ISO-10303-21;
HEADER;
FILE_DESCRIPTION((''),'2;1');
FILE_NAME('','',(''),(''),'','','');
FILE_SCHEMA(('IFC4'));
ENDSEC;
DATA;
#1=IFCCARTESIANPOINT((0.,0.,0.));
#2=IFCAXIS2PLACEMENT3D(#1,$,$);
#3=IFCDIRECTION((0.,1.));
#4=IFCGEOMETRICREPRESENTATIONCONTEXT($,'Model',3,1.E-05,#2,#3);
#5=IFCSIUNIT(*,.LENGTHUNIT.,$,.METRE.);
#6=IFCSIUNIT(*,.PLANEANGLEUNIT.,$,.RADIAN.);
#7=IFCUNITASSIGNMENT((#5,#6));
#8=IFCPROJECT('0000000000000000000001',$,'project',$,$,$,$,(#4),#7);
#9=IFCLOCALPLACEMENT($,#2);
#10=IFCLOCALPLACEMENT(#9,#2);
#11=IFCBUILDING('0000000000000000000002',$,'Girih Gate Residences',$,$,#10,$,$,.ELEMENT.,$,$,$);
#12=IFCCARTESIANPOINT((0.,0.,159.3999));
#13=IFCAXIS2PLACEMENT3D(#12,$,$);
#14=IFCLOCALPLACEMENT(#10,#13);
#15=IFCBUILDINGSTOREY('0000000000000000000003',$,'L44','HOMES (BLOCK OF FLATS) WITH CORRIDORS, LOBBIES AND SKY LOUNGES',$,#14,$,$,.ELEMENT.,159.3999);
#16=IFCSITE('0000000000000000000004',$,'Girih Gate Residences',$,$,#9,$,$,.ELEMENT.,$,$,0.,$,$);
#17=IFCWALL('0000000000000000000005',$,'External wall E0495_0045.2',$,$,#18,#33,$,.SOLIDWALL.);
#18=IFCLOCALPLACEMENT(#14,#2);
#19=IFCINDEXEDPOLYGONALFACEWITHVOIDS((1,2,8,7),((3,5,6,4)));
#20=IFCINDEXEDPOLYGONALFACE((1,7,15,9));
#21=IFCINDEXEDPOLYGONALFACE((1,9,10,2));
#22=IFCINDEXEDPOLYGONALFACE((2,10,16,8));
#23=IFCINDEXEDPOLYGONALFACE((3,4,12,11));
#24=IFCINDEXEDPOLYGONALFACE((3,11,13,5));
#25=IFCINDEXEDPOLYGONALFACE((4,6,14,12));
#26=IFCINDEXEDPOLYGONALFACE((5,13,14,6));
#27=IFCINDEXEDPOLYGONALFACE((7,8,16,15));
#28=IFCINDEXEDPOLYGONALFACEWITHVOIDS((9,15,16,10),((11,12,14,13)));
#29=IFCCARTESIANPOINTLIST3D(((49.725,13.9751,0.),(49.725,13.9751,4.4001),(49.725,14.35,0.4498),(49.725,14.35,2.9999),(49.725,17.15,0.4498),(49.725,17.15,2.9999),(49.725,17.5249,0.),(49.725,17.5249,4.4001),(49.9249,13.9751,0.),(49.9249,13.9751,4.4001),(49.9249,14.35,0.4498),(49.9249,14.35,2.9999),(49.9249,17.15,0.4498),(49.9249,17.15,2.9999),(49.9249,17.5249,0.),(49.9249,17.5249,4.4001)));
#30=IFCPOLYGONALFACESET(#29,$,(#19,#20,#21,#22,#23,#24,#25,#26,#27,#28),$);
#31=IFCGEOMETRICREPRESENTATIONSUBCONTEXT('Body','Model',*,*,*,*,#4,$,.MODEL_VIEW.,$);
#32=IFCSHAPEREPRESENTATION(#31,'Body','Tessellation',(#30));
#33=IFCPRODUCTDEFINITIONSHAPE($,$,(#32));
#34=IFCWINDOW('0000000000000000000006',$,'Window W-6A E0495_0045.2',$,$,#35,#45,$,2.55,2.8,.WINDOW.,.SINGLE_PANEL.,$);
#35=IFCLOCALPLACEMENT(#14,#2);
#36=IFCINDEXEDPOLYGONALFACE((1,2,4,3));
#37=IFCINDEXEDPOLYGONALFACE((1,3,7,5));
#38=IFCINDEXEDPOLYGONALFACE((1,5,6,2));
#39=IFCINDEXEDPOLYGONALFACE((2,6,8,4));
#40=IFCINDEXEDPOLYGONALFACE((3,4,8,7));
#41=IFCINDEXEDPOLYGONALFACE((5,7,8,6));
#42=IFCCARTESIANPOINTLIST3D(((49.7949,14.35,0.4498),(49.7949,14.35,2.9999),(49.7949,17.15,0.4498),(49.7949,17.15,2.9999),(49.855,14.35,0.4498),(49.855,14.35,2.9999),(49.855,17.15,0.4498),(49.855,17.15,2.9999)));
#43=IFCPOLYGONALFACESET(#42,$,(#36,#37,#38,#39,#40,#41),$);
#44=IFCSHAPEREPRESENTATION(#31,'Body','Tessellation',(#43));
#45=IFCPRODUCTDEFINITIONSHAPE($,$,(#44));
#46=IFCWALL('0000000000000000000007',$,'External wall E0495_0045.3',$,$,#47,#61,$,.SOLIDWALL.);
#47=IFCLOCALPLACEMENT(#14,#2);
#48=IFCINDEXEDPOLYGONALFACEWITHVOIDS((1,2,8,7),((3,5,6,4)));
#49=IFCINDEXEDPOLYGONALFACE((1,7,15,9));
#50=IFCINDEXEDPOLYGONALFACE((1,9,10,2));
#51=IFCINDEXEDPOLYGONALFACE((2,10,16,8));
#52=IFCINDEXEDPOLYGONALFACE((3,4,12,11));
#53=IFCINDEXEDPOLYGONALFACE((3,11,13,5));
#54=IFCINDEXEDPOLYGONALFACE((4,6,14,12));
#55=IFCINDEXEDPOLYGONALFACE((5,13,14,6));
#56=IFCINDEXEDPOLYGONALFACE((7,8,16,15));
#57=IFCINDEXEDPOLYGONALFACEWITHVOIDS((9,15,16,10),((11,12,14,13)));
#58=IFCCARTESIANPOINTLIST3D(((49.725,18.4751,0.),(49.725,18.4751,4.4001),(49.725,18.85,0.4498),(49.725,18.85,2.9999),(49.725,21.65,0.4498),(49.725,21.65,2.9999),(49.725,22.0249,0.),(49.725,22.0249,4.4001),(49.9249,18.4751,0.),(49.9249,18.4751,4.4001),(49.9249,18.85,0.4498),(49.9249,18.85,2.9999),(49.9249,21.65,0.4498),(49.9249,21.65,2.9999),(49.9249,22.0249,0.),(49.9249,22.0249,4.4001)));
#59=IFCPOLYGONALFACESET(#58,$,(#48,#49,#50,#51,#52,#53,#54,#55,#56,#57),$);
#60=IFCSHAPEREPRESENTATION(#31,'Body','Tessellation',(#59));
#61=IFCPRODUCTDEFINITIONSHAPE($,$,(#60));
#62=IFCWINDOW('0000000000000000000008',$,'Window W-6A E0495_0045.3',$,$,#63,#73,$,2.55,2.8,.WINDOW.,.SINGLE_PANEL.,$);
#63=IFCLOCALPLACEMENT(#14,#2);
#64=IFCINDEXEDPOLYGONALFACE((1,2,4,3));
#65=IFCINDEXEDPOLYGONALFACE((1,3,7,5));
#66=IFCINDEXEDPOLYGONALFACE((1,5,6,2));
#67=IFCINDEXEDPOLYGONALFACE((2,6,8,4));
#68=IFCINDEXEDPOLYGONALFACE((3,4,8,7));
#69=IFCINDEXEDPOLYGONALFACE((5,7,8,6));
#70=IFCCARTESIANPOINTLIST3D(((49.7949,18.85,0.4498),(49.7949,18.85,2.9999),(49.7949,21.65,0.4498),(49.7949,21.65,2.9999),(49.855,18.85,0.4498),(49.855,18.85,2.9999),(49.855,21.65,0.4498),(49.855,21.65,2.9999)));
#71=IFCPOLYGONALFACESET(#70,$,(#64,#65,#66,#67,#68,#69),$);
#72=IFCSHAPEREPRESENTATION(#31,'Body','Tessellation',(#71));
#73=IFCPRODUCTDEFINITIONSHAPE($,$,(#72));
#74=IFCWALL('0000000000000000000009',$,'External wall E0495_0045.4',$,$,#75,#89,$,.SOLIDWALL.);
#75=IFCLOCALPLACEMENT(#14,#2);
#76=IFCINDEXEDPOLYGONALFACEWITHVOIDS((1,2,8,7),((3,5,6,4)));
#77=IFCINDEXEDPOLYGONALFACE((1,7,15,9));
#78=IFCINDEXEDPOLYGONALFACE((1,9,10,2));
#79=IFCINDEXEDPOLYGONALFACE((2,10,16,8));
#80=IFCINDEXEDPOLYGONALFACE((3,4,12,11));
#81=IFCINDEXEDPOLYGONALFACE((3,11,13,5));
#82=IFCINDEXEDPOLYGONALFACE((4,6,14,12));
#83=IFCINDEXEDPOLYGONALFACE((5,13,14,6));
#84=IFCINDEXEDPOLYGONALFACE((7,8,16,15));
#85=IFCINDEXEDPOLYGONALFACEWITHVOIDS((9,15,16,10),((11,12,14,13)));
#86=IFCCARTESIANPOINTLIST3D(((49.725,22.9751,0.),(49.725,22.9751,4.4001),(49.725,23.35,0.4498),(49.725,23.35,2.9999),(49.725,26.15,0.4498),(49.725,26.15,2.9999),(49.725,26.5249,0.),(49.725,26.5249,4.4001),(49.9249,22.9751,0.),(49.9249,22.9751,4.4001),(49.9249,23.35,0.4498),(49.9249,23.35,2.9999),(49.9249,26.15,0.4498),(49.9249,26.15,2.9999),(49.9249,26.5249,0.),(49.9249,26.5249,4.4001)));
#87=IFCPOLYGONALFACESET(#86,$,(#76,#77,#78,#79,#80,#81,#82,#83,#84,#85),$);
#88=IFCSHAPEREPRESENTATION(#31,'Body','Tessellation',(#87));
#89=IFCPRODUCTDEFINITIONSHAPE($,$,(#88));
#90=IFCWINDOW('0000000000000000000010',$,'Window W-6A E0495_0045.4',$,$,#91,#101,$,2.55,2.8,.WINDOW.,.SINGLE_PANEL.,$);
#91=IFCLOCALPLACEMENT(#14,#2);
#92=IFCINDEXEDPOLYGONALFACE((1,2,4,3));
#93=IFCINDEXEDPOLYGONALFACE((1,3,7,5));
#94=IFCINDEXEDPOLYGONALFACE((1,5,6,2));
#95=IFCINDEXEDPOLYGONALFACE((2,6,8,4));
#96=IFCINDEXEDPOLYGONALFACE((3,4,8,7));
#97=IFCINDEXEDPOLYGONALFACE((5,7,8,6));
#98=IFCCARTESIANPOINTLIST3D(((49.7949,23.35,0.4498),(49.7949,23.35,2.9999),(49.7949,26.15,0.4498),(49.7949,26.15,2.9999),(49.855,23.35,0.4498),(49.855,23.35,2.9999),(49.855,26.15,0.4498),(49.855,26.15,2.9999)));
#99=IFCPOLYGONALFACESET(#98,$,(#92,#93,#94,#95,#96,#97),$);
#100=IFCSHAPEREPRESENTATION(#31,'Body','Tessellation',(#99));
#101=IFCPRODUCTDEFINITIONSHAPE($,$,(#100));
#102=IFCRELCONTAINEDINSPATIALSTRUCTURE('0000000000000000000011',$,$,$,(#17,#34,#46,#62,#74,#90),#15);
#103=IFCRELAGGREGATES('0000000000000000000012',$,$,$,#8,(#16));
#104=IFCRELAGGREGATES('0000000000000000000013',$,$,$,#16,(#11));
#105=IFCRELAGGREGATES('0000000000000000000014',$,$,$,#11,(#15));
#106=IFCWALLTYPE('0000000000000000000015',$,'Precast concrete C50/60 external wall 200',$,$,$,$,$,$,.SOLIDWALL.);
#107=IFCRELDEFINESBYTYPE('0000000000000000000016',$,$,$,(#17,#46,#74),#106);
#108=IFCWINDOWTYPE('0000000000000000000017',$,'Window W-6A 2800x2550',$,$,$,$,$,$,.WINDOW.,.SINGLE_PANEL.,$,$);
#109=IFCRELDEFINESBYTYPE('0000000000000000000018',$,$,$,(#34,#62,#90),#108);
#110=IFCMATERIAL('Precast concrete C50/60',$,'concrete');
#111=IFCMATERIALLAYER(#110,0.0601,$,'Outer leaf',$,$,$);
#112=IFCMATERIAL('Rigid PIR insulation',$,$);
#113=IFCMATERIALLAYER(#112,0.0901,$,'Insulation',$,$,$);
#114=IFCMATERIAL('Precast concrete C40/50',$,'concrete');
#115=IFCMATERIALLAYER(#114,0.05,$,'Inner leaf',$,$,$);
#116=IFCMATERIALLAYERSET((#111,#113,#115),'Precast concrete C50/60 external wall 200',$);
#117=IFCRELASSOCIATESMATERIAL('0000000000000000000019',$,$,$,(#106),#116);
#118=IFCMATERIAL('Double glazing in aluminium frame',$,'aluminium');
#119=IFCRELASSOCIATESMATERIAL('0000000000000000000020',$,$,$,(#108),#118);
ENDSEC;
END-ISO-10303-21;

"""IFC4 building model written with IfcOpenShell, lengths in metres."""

from ifc_helpers import new_model, si_unit, direction, frame, frame_2d, origin, place, context, subcontext, project, spatial, rectangle, extrude, material, layer, layer_set, type_object, element, fill, save


model = new_model("IFC4")

# Units and contexts
model_context = context("Model", 3, precision=1e-05, world=origin(), true_north=direction((0.0, 1.0)))
body_context = subcontext(model_context, "Body", "Model", "MODEL_VIEW")
ifc_project = project(units=[si_unit("LENGTHUNIT", "METRE"), si_unit("PLANEANGLEUNIT", "RADIAN")], contexts=[model_context])

# Site, building, storey
site_placement = place(None, origin())
site = spatial("IfcSite", under=ifc_project, at=site_placement, Name="Girih Gate Residences", CompositionType="ELEMENT", RefElevation=0.0)
building_placement = place(site_placement, origin())
building = spatial("IfcBuilding", under=site, at=building_placement, Name="Girih Gate Residences", CompositionType="ELEMENT")
storey_placement = place(building_placement, frame((0.0, 0.0, 159.3999)))
storey = spatial("IfcBuildingStorey", under=building, at=storey_placement, Name="L44", Description="HOMES (BLOCK OF FLATS) WITH CORRIDORS, LOBBIES AND SKY LOUNGES", CompositionType="ELEMENT", Elevation=159.3999)

# Walls, openings, windows
ifc_material_1 = material(Name="Precast concrete C50/60", Category="concrete")
ifc_layer_1 = layer(ifc_material_1, 0.0601, Name="Outer leaf")
ifc_material_2 = material(Name="Rigid PIR insulation")
ifc_layer_2 = layer(ifc_material_2, 0.0901, Name="Insulation")
ifc_material_3 = material(Name="Precast concrete C40/50", Category="concrete")
ifc_layer_3 = layer(ifc_material_3, 0.05, Name="Inner leaf")
ifc_layer_set_1 = layer_set([ifc_layer_1, ifc_layer_2, ifc_layer_3], Name="Precast concrete C50/60 external wall 200")
wall_type_1 = type_object("IfcWallType", Name="Precast concrete C50/60 external wall 200", PredefinedType="SOLIDWALL", material=ifc_layer_set_1)
wall_1_placement = place(storey_placement, frame((49.825, 17.5249, 0.0), z_axis=(0.0, 0.0, 1.0), x_axis=(0.0, -1.0, 0.0)))
wall_1 = element("IfcWall", 1, at=wall_1_placement, inside=storey, type_object=wall_type_1, Name="External wall E0495_0045.2", PredefinedType="SOLIDWALL", context=body_context, shape_type="SweptSolid", body=[
    extrude(rectangle(XDim=3.5498, YDim=0.2, at=frame_2d((1.7749, 0.0))), origin(), (0.0, 0.0, 1.0), 4.4001),
])
opening_1_placement = place(wall_1_placement, frame((0.375, 0.0, 0.45)))
opening_1 = element("IfcOpeningElement", 2, at=opening_1_placement, cuts=wall_1, PredefinedType="OPENING", context=body_context, shape_type="SweptSolid", body=[
    extrude(rectangle(XDim=2.8, YDim=2.55, at=frame_2d((1.3999, 1.2749))), frame((0.0, 0.1099, 0.0), z_axis=(0.0, -1.0, 0.0), x_axis=(1.0, 0.0, 0.0)), (0.0, 0.0, 1.0), 0.22),
])
ifc_material_4 = material(Name="Double glazing in aluminium frame", Category="aluminium")
window_type = type_object("IfcWindowType", Name="Window W-6A 2800x2550", PartitioningType="SINGLE_PANEL", PredefinedType="WINDOW", material=ifc_material_4)
window_1_placement = place(opening_1_placement, origin())
window_1 = element("IfcWindow", 3, at=window_1_placement, inside=storey, type_object=window_type, Name="Window W-6A E0495_0045.2", OverallHeight=2.55, OverallWidth=2.8, PartitioningType="SINGLE_PANEL", PredefinedType="WINDOW", context=body_context, shape_type="SweptSolid", body=[
    extrude(rectangle(XDim=2.8, YDim=2.55, at=frame_2d((1.3999, 1.2749))), frame((0.0, 0.03, 0.0), z_axis=(0.0, -1.0, 0.0), x_axis=(1.0, 0.0, 0.0)), (0.0, 0.0, 1.0), 0.0601),
])
fill(opening_1, window_1)
wall_2_placement = place(storey_placement, frame((49.825, 22.0249, 0.0), z_axis=(0.0, 0.0, 1.0), x_axis=(0.0, -1.0, 0.0)))
wall_2 = element("IfcWall", 4, at=wall_2_placement, inside=storey, type_object=wall_type_1, Name="External wall E0495_0045.3", PredefinedType="SOLIDWALL", context=body_context, shape_type="SweptSolid", body=[
    extrude(rectangle(XDim=3.5498, YDim=0.2, at=frame_2d((1.7749, 0.0))), origin(), (0.0, 0.0, 1.0), 4.4001),
])
opening_2_placement = place(wall_2_placement, frame((0.375, 0.0, 0.45)))
opening_2 = element("IfcOpeningElement", 5, at=opening_2_placement, cuts=wall_2, PredefinedType="OPENING", context=body_context, shape_type="SweptSolid", body=[
    extrude(rectangle(XDim=2.8, YDim=2.55, at=frame_2d((1.3999, 1.2749))), frame((0.0, 0.1099, 0.0), z_axis=(0.0, -1.0, 0.0), x_axis=(1.0, 0.0, 0.0)), (0.0, 0.0, 1.0), 0.22),
])
window_2_placement = place(opening_2_placement, origin())
window_2 = element("IfcWindow", 6, at=window_2_placement, inside=storey, type_object=window_type, Name="Window W-6A E0495_0045.3", OverallHeight=2.55, OverallWidth=2.8, PartitioningType="SINGLE_PANEL", PredefinedType="WINDOW", context=body_context, shape_type="SweptSolid", body=[
    extrude(rectangle(XDim=2.8, YDim=2.55, at=frame_2d((1.3999, 1.2749))), frame((0.0, 0.03, 0.0), z_axis=(0.0, -1.0, 0.0), x_axis=(1.0, 0.0, 0.0)), (0.0, 0.0, 1.0), 0.0601),
])
fill(opening_2, window_2)
wall_3_placement = place(storey_placement, frame((49.825, 26.5249, 0.0), z_axis=(0.0, 0.0, 1.0), x_axis=(0.0, -1.0, 0.0)))
wall_3 = element("IfcWall", 7, at=wall_3_placement, inside=storey, type_object=wall_type_1, Name="External wall E0495_0045.4", PredefinedType="SOLIDWALL", context=body_context, shape_type="SweptSolid", body=[
    extrude(rectangle(XDim=3.5498, YDim=0.2, at=frame_2d((1.7749, 0.0))), origin(), (0.0, 0.0, 1.0), 4.4001),
])
opening_3_placement = place(wall_3_placement, frame((0.375, 0.0, 0.45)))
opening_3 = element("IfcOpeningElement", 8, at=opening_3_placement, cuts=wall_3, PredefinedType="OPENING", context=body_context, shape_type="SweptSolid", body=[
    extrude(rectangle(XDim=2.8, YDim=2.55, at=frame_2d((1.3999, 1.2749))), frame((0.0, 0.1099, 0.0), z_axis=(0.0, -1.0, 0.0), x_axis=(1.0, 0.0, 0.0)), (0.0, 0.0, 1.0), 0.22),
])
window_3_placement = place(opening_3_placement, origin())
window_3 = element("IfcWindow", 9, at=window_3_placement, inside=storey, type_object=window_type, Name="Window W-6A E0495_0045.4", OverallHeight=2.55, OverallWidth=2.8, PartitioningType="SINGLE_PANEL", PredefinedType="WINDOW", context=body_context, shape_type="SweptSolid", body=[
    extrude(rectangle(XDim=2.8, YDim=2.55, at=frame_2d((1.3999, 1.2749))), frame((0.0, 0.03, 0.0), z_axis=(0.0, -1.0, 0.0), x_axis=(1.0, 0.0, 0.0)), (0.0, 0.0, 1.0), 0.0601),
])
fill(opening_3, window_3)

save(model, "model.ifc")
